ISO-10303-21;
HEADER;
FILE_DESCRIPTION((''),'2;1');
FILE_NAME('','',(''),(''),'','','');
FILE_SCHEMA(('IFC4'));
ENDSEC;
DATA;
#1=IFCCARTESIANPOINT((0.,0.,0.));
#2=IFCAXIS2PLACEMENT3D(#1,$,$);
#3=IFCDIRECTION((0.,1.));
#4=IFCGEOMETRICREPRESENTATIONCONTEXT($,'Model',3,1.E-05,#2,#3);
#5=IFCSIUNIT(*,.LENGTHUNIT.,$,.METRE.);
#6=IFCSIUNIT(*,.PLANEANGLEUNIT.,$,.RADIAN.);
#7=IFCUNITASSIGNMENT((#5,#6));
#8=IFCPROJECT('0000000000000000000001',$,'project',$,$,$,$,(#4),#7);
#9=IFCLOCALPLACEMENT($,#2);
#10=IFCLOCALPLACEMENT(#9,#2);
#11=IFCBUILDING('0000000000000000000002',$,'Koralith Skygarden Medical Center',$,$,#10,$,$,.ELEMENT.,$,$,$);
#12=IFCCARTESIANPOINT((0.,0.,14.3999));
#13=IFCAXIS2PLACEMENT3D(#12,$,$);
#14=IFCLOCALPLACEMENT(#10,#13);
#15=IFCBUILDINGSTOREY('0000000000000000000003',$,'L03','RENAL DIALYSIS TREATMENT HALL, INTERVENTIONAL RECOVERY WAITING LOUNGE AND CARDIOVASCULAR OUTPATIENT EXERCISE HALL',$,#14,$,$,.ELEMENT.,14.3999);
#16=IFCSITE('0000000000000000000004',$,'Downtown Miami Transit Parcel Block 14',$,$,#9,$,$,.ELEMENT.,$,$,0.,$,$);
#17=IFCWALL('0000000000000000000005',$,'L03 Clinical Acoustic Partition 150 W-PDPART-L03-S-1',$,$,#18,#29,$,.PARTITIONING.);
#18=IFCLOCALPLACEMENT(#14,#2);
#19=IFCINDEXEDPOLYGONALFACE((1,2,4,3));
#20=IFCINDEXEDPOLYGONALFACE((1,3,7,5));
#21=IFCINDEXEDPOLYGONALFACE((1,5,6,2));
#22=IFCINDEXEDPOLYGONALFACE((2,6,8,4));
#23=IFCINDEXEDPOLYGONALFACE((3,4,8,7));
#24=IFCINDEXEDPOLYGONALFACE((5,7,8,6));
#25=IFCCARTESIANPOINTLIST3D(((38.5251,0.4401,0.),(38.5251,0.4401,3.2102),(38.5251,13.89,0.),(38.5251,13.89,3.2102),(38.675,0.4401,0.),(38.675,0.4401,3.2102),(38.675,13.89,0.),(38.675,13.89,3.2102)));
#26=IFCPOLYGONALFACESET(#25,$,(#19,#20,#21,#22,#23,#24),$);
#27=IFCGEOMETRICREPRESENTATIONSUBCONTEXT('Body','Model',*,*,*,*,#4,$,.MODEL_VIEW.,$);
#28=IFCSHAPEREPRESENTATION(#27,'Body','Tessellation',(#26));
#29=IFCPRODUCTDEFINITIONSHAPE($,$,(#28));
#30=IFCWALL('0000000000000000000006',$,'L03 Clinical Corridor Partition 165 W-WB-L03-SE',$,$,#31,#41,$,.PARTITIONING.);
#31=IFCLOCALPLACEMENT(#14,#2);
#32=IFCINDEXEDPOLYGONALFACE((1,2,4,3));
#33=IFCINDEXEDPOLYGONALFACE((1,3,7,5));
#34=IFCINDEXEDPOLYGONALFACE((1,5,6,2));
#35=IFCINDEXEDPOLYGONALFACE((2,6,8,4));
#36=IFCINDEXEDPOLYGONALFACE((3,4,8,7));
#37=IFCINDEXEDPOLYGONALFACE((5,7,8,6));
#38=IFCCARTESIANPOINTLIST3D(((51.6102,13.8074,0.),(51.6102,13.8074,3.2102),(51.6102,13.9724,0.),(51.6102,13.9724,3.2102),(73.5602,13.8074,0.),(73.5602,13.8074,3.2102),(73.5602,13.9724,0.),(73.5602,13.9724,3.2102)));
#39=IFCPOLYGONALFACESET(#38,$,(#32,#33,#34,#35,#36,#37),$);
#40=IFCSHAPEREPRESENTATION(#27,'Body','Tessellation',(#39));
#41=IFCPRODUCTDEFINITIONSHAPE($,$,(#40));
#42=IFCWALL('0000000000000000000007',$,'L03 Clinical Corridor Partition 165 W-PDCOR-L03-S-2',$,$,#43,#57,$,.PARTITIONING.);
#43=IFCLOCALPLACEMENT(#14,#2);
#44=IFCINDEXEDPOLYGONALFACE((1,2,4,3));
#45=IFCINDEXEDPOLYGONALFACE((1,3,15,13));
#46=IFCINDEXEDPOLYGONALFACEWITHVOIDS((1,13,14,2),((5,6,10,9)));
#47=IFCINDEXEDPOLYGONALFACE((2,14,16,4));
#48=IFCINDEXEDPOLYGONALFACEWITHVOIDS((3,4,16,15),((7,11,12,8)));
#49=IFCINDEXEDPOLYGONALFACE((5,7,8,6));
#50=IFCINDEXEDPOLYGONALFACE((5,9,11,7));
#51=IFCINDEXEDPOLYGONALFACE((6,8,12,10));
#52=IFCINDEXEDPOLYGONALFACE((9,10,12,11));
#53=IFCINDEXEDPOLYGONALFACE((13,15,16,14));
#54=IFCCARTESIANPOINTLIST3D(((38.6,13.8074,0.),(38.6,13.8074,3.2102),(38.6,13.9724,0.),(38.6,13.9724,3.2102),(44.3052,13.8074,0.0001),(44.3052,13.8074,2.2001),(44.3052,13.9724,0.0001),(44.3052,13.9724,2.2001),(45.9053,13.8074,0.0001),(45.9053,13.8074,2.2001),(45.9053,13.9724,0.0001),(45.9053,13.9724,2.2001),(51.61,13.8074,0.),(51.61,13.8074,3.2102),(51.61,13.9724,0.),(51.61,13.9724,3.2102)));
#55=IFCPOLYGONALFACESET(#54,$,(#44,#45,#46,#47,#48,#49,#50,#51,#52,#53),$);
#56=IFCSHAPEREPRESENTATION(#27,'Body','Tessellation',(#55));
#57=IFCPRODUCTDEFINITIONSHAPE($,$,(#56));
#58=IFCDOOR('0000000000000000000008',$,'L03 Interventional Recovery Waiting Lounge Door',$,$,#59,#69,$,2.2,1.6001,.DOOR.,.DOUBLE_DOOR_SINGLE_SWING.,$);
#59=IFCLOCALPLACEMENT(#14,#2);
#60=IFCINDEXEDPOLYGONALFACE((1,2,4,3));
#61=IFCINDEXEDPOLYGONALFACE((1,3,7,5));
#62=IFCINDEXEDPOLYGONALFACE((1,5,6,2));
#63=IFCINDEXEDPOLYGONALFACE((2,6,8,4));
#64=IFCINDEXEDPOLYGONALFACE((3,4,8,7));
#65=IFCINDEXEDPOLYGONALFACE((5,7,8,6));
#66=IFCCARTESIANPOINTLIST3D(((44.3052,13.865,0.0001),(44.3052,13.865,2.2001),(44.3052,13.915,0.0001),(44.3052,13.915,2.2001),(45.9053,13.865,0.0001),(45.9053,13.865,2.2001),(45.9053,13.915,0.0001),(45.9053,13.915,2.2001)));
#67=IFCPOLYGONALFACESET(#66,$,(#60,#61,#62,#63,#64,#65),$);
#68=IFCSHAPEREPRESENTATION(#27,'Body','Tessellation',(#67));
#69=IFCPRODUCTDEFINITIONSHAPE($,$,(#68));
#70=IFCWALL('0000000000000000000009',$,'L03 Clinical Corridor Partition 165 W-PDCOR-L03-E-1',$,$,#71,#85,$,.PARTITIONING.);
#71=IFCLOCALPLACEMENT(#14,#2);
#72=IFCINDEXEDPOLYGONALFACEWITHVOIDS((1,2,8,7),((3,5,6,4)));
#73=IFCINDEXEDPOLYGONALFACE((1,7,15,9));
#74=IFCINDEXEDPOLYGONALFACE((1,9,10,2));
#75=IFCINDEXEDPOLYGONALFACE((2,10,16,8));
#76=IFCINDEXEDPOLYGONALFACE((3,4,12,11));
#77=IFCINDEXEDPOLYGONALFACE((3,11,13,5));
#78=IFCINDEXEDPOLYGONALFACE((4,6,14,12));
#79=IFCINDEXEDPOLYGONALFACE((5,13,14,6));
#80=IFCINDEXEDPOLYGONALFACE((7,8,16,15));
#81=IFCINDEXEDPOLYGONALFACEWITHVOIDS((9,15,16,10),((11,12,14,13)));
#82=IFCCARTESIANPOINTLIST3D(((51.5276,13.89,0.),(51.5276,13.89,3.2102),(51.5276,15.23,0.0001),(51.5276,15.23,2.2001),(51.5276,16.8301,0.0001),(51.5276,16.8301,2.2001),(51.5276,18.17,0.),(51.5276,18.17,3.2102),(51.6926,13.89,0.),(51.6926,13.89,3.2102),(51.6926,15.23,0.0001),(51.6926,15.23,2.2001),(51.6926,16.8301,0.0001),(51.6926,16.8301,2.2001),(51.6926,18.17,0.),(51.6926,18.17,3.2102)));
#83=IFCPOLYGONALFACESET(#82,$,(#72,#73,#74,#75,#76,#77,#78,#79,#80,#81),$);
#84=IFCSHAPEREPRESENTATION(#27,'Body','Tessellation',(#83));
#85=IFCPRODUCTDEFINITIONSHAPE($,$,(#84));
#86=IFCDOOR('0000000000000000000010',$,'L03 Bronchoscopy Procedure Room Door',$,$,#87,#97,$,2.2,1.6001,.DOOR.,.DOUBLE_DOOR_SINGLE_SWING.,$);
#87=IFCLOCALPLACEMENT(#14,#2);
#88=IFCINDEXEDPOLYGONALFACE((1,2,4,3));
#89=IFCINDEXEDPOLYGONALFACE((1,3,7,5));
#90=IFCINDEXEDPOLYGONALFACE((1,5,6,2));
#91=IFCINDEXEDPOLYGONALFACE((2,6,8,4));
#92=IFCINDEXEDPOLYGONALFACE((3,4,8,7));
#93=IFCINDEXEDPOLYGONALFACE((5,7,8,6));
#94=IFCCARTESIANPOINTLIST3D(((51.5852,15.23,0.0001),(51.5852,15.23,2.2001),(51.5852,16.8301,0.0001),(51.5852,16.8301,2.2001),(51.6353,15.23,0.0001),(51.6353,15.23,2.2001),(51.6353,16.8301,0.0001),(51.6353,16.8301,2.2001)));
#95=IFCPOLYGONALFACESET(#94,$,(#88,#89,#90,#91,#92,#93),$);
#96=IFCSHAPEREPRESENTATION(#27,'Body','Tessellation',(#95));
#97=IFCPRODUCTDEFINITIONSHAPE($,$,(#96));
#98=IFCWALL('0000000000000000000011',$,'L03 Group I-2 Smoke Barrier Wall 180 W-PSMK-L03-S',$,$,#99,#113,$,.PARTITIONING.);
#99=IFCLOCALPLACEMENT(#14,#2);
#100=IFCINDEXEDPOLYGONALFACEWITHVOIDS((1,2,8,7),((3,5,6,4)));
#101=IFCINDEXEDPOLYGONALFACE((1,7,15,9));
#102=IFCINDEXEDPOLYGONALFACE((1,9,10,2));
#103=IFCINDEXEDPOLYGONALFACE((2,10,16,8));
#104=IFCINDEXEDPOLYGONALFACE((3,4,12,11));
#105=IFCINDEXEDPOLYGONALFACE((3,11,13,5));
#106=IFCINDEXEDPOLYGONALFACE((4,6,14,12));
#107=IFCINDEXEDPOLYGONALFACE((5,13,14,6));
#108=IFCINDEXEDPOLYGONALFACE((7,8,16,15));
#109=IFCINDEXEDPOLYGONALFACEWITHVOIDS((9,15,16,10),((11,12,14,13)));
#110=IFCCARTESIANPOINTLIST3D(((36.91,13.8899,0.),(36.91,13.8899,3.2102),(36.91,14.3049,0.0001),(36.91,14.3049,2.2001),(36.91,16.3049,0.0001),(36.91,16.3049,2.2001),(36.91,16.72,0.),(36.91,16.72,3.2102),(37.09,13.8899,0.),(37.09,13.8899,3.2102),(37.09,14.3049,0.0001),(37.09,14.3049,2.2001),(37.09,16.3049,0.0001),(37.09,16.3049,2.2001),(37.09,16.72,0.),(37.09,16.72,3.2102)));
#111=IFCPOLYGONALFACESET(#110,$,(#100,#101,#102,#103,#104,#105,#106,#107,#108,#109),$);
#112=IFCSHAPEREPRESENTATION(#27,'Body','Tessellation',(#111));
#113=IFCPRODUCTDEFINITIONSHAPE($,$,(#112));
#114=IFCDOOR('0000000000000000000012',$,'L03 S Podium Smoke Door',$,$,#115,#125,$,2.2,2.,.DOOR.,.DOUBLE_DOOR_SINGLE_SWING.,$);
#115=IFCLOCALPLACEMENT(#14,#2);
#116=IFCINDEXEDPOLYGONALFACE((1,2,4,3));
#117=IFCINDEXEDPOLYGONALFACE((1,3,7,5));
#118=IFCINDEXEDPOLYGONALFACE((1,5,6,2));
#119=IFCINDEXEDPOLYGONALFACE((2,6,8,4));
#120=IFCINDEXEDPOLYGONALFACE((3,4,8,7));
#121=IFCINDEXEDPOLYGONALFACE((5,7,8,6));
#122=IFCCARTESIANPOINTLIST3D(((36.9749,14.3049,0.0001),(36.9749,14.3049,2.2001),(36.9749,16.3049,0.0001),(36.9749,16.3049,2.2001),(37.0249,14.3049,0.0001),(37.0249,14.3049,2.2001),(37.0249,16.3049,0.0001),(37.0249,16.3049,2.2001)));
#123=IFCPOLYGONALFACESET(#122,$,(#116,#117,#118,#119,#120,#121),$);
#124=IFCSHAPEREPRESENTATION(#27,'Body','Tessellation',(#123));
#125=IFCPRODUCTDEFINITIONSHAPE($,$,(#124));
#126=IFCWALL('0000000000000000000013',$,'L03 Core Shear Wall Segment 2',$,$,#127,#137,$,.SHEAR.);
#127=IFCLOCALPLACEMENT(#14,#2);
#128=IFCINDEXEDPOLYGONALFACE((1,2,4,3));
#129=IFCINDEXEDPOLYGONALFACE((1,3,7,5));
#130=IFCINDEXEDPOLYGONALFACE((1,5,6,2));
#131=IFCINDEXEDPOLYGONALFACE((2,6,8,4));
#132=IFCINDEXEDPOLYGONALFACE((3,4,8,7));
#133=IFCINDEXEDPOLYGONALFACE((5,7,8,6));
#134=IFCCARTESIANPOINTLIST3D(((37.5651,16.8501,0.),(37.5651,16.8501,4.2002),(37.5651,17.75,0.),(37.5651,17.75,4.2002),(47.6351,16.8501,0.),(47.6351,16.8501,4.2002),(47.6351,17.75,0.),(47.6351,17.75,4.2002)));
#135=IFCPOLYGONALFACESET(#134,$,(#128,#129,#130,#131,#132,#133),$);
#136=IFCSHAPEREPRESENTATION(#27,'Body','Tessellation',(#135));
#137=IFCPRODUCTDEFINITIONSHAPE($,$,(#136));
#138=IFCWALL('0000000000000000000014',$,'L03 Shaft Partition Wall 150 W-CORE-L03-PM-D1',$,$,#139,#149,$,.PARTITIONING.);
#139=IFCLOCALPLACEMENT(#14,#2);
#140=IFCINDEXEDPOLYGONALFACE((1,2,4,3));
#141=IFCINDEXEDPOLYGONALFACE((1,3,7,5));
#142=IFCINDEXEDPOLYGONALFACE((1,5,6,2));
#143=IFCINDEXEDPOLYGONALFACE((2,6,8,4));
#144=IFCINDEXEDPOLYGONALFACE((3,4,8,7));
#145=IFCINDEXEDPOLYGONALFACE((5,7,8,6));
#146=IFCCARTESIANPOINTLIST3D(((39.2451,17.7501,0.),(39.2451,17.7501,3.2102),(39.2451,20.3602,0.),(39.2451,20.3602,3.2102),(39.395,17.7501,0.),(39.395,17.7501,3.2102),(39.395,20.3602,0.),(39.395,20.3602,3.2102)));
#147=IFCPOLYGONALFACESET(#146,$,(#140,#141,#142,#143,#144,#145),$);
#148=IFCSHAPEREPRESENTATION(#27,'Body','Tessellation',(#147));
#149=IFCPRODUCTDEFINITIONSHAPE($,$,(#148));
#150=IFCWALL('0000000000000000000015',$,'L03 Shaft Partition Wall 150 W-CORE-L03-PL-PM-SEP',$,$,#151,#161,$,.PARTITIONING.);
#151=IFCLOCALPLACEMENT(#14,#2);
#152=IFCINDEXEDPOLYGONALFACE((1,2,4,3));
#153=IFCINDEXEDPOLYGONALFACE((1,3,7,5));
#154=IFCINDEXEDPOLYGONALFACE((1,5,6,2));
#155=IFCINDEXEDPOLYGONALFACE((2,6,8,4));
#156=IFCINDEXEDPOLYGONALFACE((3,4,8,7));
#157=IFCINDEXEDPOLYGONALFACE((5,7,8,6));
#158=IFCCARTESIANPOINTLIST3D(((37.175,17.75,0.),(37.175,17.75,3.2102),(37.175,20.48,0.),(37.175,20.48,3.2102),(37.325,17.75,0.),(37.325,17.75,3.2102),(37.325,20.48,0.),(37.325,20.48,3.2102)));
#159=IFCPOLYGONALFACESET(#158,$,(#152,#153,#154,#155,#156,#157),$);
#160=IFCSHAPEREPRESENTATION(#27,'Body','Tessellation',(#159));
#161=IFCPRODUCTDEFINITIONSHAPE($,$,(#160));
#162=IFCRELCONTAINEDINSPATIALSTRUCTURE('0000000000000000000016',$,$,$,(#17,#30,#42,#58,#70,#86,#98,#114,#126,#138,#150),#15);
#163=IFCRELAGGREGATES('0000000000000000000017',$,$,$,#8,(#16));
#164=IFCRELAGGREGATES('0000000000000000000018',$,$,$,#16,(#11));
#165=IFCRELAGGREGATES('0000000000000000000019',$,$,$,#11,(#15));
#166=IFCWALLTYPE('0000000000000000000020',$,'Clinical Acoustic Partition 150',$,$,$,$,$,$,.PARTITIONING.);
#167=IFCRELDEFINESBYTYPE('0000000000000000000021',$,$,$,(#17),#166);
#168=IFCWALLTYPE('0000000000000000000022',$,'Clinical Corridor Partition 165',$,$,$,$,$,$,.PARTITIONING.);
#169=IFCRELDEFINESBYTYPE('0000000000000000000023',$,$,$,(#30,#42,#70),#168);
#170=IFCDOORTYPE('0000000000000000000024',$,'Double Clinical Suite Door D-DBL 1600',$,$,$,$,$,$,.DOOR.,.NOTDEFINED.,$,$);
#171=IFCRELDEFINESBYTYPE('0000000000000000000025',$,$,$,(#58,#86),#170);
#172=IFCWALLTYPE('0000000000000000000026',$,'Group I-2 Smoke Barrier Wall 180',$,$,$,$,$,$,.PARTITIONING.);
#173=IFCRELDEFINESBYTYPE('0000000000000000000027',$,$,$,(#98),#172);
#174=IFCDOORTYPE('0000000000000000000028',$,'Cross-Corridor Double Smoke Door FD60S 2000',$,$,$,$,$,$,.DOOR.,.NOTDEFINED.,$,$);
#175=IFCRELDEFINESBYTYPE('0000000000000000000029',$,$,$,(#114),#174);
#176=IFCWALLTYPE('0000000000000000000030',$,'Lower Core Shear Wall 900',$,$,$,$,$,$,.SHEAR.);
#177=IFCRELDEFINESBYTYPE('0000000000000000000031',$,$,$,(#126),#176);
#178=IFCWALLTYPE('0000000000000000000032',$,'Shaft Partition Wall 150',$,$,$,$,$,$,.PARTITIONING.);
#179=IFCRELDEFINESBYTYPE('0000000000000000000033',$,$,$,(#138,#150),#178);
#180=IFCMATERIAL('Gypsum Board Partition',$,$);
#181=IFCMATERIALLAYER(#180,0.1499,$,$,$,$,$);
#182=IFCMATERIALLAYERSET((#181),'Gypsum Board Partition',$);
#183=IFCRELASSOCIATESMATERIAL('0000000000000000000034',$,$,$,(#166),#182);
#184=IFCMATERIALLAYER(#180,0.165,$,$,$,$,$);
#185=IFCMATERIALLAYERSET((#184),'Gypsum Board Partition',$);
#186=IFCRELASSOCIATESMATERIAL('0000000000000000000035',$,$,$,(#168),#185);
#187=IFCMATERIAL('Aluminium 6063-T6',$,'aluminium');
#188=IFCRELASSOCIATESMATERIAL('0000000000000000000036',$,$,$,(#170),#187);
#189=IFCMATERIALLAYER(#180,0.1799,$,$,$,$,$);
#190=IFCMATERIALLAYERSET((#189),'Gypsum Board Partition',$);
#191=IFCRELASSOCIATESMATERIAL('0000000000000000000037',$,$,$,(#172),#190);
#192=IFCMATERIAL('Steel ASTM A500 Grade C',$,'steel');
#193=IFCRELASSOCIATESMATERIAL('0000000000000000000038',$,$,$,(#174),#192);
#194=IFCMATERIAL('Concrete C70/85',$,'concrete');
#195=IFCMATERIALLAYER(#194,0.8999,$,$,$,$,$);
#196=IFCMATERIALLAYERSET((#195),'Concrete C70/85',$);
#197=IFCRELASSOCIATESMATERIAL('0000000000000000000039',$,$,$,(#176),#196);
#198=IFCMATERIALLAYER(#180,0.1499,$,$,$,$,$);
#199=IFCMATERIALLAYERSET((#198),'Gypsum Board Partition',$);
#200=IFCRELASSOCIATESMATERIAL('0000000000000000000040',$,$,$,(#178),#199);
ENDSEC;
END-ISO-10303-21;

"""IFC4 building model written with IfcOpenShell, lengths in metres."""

from ifc_helpers import new_model, si_unit, direction, frame, frame_2d, origin, place, context, subcontext, project, spatial, rectangle, extrude, material, layer, layer_set, type_object, element, fill, save


model = new_model("IFC4")

# Units and contexts
model_context = context("Model", 3, precision=1e-05, world=origin(), true_north=direction((0.0, 1.0)))
body_context = subcontext(model_context, "Body", "Model", "MODEL_VIEW")
ifc_project = project(units=[si_unit("LENGTHUNIT", "METRE"), si_unit("PLANEANGLEUNIT", "RADIAN")], contexts=[model_context])

# Site, building, storey
site_placement = place(None, origin())
site = spatial("IfcSite", under=ifc_project, at=site_placement, Name="Downtown Miami Transit Parcel Block 14", CompositionType="ELEMENT", RefElevation=0.0)
building_placement = place(site_placement, origin())
building = spatial("IfcBuilding", under=site, at=building_placement, Name="Koralith Skygarden Medical Center", CompositionType="ELEMENT")
storey_placement = place(building_placement, frame((0.0, 0.0, 14.3999)))
storey = spatial("IfcBuildingStorey", under=building, at=storey_placement, Name="L03", Description="RENAL DIALYSIS TREATMENT HALL, INTERVENTIONAL RECOVERY WAITING LOUNGE AND CARDIOVASCULAR OUTPATIENT EXERCISE HALL", CompositionType="ELEMENT", Elevation=14.3999)

# Shared definitions
ifc_material_1 = material(Name="Concrete C70/85", Category="concrete")

# Shared definitions
ifc_material_2 = material(Name="Aluminium 6063-T6", Category="aluminium")

# Walls
ifc_material_3 = material(Name="Gypsum Board Partition")
ifc_layer_1 = layer(ifc_material_3, 0.1499)
ifc_layer_set_1 = layer_set([ifc_layer_1], Name="Gypsum Board Partition")
wall_type_1 = type_object("IfcWallType", Name="Clinical Acoustic Partition 150", PredefinedType="PARTITIONING", material=ifc_layer_set_1)
wall_1_placement = place(storey_placement, frame((38.6001, 0.4399, 0.0), z_axis=(0.0, 0.0, 1.0), x_axis=(0.0, 1.0, 0.0)))
element("IfcWall", 1, at=wall_1_placement, inside=storey, type_object=wall_type_1, Name="L03 Clinical Acoustic Partition 150 W-PDPART-L03-S-1", PredefinedType="PARTITIONING", context=body_context, shape_type="SweptSolid", body=[
    extrude(rectangle(XDim=13.45, YDim=0.1499, at=frame_2d((6.7251, 0.0))), origin(), (0.0, 0.0, 1.0), 3.2102),
])
ifc_layer_2 = layer(ifc_material_3, 0.165)
ifc_layer_set_2 = layer_set([ifc_layer_2], Name="Gypsum Board Partition")
wall_type_2 = type_object("IfcWallType", Name="Clinical Corridor Partition 165", PredefinedType="PARTITIONING", material=ifc_layer_set_2)
wall_2_placement = place(storey_placement, frame((51.6101, 13.8899, 0.0), z_axis=(0.0, 0.0, 1.0), x_axis=(1.0, 0.0, 0.0)))
element("IfcWall", 2, at=wall_2_placement, inside=storey, type_object=wall_type_2, Name="L03 Clinical Corridor Partition 165 W-WB-L03-SE", PredefinedType="PARTITIONING", context=body_context, shape_type="SweptSolid", body=[
    extrude(rectangle(XDim=21.95, YDim=0.165, at=frame_2d((10.9751, 0.0))), origin(), (0.0, 0.0, 1.0), 3.2102),
])

# Walls, openings, doors
wall_3_placement = place(storey_placement, frame((38.6001, 13.8899, 0.0), z_axis=(0.0, 0.0, 1.0), x_axis=(1.0, 0.0, 0.0)))
wall_3 = element("IfcWall", 3, at=wall_3_placement, inside=storey, type_object=wall_type_2, Name="L03 Clinical Corridor Partition 165 W-PDCOR-L03-S-2", PredefinedType="PARTITIONING", context=body_context, shape_type="SweptSolid", body=[
    extrude(rectangle(XDim=13.01, YDim=0.165, at=frame_2d((6.5049, 0.0))), origin(), (0.0, 0.0, 1.0), 3.2102),
])
opening_1_placement = place(wall_3_placement, frame((5.7051, 0.0, 0.0)))
opening_1 = element("IfcOpeningElement", 4, at=opening_1_placement, cuts=wall_3, PredefinedType="OPENING", context=body_context, shape_type="SweptSolid", body=[
    extrude(rectangle(XDim=1.6001, YDim=2.2, at=frame_2d((0.8, 1.1001))), frame((0.0, 0.0925, 0.0), z_axis=(0.0, -1.0, 0.0), x_axis=(1.0, 0.0, 0.0)), (0.0, 0.0, 1.0), 0.1851),
])
door_type_1 = type_object("IfcDoorType", Name="Double Clinical Suite Door D-DBL 1600", OperationType="NOTDEFINED", PredefinedType="DOOR", material=ifc_material_2)
door_1_placement = place(opening_1_placement, frame((1.6001, 0.0, 0.0), z_axis=(0.0, 0.0, 1.0), x_axis=(-1.0, 0.0, 0.0)))
door_1 = element("IfcDoor", 5, at=door_1_placement, inside=storey, type_object=door_type_1, Name="L03 Interventional Recovery Waiting Lounge Door", OperationType="DOUBLE_DOOR_SINGLE_SWING", OverallHeight=2.2, OverallWidth=1.6001, PredefinedType="DOOR", context=body_context, shape_type="SweptSolid", body=[
    extrude(rectangle(XDim=1.6001, YDim=2.2, at=frame_2d((0.8, 1.1001))), frame((0.0, 0.0249, 0.0), z_axis=(0.0, -1.0, 0.0), x_axis=(1.0, 0.0, 0.0)), (0.0, 0.0, 1.0), 0.05),
])
fill(opening_1, door_1)
wall_4_placement = place(storey_placement, frame((51.6101, 13.8899, 0.0), z_axis=(0.0, 0.0, 1.0), x_axis=(0.0, 1.0, 0.0)))
wall_4 = element("IfcWall", 6, at=wall_4_placement, inside=storey, type_object=wall_type_2, Name="L03 Clinical Corridor Partition 165 W-PDCOR-L03-E-1", PredefinedType="PARTITIONING", context=body_context, shape_type="SweptSolid", body=[
    extrude(rectangle(XDim=4.28, YDim=0.165, at=frame_2d((2.1401, 0.0))), origin(), (0.0, 0.0, 1.0), 3.2102),
])
opening_2_placement = place(wall_4_placement, frame((1.3401, 0.0, 0.0)))
opening_2 = element("IfcOpeningElement", 7, at=opening_2_placement, cuts=wall_4, PredefinedType="OPENING", context=body_context, shape_type="SweptSolid", body=[
    extrude(rectangle(XDim=1.6001, YDim=2.2, at=frame_2d((0.8, 1.1001))), frame((0.0, 0.0925, 0.0), z_axis=(0.0, -1.0, 0.0), x_axis=(1.0, 0.0, 0.0)), (0.0, 0.0, 1.0), 0.1851),
])
door_2_placement = place(opening_2_placement, origin())
door_2 = element("IfcDoor", 8, at=door_2_placement, inside=storey, type_object=door_type_1, Name="L03 Bronchoscopy Procedure Room Door", OperationType="DOUBLE_DOOR_SINGLE_SWING", OverallHeight=2.2, OverallWidth=1.6001, PredefinedType="DOOR", context=body_context, shape_type="SweptSolid", body=[
    extrude(rectangle(XDim=1.6001, YDim=2.2, at=frame_2d((0.8, 1.1001))), frame((0.0, 0.0249, 0.0), z_axis=(0.0, -1.0, 0.0), x_axis=(1.0, 0.0, 0.0)), (0.0, 0.0, 1.0), 0.05),
])
fill(opening_2, door_2)
ifc_layer_3 = layer(ifc_material_3, 0.1799)
ifc_layer_set_3 = layer_set([ifc_layer_3], Name="Gypsum Board Partition")
wall_type_3 = type_object("IfcWallType", Name="Group I-2 Smoke Barrier Wall 180", PredefinedType="PARTITIONING", material=ifc_layer_set_3)
wall_5_placement = place(storey_placement, frame((37.0, 13.8899, 0.0), z_axis=(0.0, 0.0, 1.0), x_axis=(0.0, 1.0, 0.0)))
wall_5 = element("IfcWall", 9, at=wall_5_placement, inside=storey, type_object=wall_type_3, Name="L03 Group I-2 Smoke Barrier Wall 180 W-PSMK-L03-S", PredefinedType="PARTITIONING", context=body_context, shape_type="SweptSolid", body=[
    extrude(rectangle(XDim=2.8301, YDim=0.1799, at=frame_2d((1.415, 0.0))), origin(), (0.0, 0.0, 1.0), 3.2102),
])
opening_3_placement = place(wall_5_placement, frame((0.415, 0.0, 0.0)))
opening_3 = element("IfcOpeningElement", 10, at=opening_3_placement, cuts=wall_5, PredefinedType="OPENING", context=body_context, shape_type="SweptSolid", body=[
    extrude(rectangle(XDim=2.0, YDim=2.2, at=frame_2d((1.0, 1.1001))), frame((0.0, 0.0999, 0.0), z_axis=(0.0, -1.0, 0.0), x_axis=(1.0, 0.0, 0.0)), (0.0, 0.0, 1.0), 0.2),
])
ifc_material_4 = material(Name="Steel ASTM A500 Grade C", Category="steel")
door_type_2 = type_object("IfcDoorType", Name="Cross-Corridor Double Smoke Door FD60S 2000", OperationType="NOTDEFINED", PredefinedType="DOOR", material=ifc_material_4)
door_3_placement = place(opening_3_placement, frame((2.0, 0.0, 0.0), z_axis=(0.0, 0.0, 1.0), x_axis=(-1.0, 0.0, 0.0)))
door_3 = element("IfcDoor", 11, at=door_3_placement, inside=storey, type_object=door_type_2, Name="L03 S Podium Smoke Door", OperationType="DOUBLE_DOOR_SINGLE_SWING", OverallHeight=2.2, OverallWidth=2.0, PredefinedType="DOOR", context=body_context, shape_type="SweptSolid", body=[
    extrude(rectangle(XDim=2.0, YDim=2.2, at=frame_2d((1.0, 1.1001))), frame((0.0, 0.0249, 0.0), z_axis=(0.0, -1.0, 0.0), x_axis=(1.0, 0.0, 0.0)), (0.0, 0.0, 1.0), 0.05),
])
fill(opening_3, door_3)

# Walls
ifc_layer_4 = layer(ifc_material_1, 0.8999)
ifc_layer_set_4 = layer_set([ifc_layer_4], Name="Concrete C70/85")
wall_type_4 = type_object("IfcWallType", Name="Lower Core Shear Wall 900", PredefinedType="SHEAR", material=ifc_layer_set_4)
wall_6_placement = place(storey_placement, frame((37.5649, 17.3, 0.0), z_axis=(0.0, 0.0, 1.0), x_axis=(1.0, 0.0, 0.0)))
element("IfcWall", 12, at=wall_6_placement, inside=storey, type_object=wall_type_4, Name="L03 Core Shear Wall Segment 2", PredefinedType="SHEAR", context=body_context, shape_type="SweptSolid", body=[
    extrude(rectangle(XDim=10.0701, YDim=0.8999, at=frame_2d((5.0352, 0.0))), origin(), (0.0, 0.0, 1.0), 4.2002),
])
ifc_layer_5 = layer(ifc_material_3, 0.1499)
ifc_layer_set_5 = layer_set([ifc_layer_5], Name="Gypsum Board Partition")
wall_type_5 = type_object("IfcWallType", Name="Shaft Partition Wall 150", PredefinedType="PARTITIONING", material=ifc_layer_set_5)
wall_7_placement = place(storey_placement, frame((39.3201, 17.75, 0.0), z_axis=(0.0, 0.0, 1.0), x_axis=(0.0, 1.0, 0.0)))
element("IfcWall", 13, at=wall_7_placement, inside=storey, type_object=wall_type_5, Name="L03 Shaft Partition Wall 150 W-CORE-L03-PM-D1", PredefinedType="PARTITIONING", context=body_context, shape_type="SweptSolid", body=[
    extrude(rectangle(XDim=2.6101, YDim=0.1499, at=frame_2d((1.3052, 0.0))), origin(), (0.0, 0.0, 1.0), 3.2102),
])
wall_8_placement = place(storey_placement, frame((37.25, 17.75, 0.0), z_axis=(0.0, 0.0, 1.0), x_axis=(0.0, 1.0, 0.0)))
element("IfcWall", 14, at=wall_8_placement, inside=storey, type_object=wall_type_5, Name="L03 Shaft Partition Wall 150 W-CORE-L03-PL-PM-SEP", PredefinedType="PARTITIONING", context=body_context, shape_type="SweptSolid", body=[
    extrude(rectangle(XDim=2.73, YDim=0.1499, at=frame_2d((1.365, 0.0))), origin(), (0.0, 0.0, 1.0), 3.2102),
])

save(model, "model.ifc")
